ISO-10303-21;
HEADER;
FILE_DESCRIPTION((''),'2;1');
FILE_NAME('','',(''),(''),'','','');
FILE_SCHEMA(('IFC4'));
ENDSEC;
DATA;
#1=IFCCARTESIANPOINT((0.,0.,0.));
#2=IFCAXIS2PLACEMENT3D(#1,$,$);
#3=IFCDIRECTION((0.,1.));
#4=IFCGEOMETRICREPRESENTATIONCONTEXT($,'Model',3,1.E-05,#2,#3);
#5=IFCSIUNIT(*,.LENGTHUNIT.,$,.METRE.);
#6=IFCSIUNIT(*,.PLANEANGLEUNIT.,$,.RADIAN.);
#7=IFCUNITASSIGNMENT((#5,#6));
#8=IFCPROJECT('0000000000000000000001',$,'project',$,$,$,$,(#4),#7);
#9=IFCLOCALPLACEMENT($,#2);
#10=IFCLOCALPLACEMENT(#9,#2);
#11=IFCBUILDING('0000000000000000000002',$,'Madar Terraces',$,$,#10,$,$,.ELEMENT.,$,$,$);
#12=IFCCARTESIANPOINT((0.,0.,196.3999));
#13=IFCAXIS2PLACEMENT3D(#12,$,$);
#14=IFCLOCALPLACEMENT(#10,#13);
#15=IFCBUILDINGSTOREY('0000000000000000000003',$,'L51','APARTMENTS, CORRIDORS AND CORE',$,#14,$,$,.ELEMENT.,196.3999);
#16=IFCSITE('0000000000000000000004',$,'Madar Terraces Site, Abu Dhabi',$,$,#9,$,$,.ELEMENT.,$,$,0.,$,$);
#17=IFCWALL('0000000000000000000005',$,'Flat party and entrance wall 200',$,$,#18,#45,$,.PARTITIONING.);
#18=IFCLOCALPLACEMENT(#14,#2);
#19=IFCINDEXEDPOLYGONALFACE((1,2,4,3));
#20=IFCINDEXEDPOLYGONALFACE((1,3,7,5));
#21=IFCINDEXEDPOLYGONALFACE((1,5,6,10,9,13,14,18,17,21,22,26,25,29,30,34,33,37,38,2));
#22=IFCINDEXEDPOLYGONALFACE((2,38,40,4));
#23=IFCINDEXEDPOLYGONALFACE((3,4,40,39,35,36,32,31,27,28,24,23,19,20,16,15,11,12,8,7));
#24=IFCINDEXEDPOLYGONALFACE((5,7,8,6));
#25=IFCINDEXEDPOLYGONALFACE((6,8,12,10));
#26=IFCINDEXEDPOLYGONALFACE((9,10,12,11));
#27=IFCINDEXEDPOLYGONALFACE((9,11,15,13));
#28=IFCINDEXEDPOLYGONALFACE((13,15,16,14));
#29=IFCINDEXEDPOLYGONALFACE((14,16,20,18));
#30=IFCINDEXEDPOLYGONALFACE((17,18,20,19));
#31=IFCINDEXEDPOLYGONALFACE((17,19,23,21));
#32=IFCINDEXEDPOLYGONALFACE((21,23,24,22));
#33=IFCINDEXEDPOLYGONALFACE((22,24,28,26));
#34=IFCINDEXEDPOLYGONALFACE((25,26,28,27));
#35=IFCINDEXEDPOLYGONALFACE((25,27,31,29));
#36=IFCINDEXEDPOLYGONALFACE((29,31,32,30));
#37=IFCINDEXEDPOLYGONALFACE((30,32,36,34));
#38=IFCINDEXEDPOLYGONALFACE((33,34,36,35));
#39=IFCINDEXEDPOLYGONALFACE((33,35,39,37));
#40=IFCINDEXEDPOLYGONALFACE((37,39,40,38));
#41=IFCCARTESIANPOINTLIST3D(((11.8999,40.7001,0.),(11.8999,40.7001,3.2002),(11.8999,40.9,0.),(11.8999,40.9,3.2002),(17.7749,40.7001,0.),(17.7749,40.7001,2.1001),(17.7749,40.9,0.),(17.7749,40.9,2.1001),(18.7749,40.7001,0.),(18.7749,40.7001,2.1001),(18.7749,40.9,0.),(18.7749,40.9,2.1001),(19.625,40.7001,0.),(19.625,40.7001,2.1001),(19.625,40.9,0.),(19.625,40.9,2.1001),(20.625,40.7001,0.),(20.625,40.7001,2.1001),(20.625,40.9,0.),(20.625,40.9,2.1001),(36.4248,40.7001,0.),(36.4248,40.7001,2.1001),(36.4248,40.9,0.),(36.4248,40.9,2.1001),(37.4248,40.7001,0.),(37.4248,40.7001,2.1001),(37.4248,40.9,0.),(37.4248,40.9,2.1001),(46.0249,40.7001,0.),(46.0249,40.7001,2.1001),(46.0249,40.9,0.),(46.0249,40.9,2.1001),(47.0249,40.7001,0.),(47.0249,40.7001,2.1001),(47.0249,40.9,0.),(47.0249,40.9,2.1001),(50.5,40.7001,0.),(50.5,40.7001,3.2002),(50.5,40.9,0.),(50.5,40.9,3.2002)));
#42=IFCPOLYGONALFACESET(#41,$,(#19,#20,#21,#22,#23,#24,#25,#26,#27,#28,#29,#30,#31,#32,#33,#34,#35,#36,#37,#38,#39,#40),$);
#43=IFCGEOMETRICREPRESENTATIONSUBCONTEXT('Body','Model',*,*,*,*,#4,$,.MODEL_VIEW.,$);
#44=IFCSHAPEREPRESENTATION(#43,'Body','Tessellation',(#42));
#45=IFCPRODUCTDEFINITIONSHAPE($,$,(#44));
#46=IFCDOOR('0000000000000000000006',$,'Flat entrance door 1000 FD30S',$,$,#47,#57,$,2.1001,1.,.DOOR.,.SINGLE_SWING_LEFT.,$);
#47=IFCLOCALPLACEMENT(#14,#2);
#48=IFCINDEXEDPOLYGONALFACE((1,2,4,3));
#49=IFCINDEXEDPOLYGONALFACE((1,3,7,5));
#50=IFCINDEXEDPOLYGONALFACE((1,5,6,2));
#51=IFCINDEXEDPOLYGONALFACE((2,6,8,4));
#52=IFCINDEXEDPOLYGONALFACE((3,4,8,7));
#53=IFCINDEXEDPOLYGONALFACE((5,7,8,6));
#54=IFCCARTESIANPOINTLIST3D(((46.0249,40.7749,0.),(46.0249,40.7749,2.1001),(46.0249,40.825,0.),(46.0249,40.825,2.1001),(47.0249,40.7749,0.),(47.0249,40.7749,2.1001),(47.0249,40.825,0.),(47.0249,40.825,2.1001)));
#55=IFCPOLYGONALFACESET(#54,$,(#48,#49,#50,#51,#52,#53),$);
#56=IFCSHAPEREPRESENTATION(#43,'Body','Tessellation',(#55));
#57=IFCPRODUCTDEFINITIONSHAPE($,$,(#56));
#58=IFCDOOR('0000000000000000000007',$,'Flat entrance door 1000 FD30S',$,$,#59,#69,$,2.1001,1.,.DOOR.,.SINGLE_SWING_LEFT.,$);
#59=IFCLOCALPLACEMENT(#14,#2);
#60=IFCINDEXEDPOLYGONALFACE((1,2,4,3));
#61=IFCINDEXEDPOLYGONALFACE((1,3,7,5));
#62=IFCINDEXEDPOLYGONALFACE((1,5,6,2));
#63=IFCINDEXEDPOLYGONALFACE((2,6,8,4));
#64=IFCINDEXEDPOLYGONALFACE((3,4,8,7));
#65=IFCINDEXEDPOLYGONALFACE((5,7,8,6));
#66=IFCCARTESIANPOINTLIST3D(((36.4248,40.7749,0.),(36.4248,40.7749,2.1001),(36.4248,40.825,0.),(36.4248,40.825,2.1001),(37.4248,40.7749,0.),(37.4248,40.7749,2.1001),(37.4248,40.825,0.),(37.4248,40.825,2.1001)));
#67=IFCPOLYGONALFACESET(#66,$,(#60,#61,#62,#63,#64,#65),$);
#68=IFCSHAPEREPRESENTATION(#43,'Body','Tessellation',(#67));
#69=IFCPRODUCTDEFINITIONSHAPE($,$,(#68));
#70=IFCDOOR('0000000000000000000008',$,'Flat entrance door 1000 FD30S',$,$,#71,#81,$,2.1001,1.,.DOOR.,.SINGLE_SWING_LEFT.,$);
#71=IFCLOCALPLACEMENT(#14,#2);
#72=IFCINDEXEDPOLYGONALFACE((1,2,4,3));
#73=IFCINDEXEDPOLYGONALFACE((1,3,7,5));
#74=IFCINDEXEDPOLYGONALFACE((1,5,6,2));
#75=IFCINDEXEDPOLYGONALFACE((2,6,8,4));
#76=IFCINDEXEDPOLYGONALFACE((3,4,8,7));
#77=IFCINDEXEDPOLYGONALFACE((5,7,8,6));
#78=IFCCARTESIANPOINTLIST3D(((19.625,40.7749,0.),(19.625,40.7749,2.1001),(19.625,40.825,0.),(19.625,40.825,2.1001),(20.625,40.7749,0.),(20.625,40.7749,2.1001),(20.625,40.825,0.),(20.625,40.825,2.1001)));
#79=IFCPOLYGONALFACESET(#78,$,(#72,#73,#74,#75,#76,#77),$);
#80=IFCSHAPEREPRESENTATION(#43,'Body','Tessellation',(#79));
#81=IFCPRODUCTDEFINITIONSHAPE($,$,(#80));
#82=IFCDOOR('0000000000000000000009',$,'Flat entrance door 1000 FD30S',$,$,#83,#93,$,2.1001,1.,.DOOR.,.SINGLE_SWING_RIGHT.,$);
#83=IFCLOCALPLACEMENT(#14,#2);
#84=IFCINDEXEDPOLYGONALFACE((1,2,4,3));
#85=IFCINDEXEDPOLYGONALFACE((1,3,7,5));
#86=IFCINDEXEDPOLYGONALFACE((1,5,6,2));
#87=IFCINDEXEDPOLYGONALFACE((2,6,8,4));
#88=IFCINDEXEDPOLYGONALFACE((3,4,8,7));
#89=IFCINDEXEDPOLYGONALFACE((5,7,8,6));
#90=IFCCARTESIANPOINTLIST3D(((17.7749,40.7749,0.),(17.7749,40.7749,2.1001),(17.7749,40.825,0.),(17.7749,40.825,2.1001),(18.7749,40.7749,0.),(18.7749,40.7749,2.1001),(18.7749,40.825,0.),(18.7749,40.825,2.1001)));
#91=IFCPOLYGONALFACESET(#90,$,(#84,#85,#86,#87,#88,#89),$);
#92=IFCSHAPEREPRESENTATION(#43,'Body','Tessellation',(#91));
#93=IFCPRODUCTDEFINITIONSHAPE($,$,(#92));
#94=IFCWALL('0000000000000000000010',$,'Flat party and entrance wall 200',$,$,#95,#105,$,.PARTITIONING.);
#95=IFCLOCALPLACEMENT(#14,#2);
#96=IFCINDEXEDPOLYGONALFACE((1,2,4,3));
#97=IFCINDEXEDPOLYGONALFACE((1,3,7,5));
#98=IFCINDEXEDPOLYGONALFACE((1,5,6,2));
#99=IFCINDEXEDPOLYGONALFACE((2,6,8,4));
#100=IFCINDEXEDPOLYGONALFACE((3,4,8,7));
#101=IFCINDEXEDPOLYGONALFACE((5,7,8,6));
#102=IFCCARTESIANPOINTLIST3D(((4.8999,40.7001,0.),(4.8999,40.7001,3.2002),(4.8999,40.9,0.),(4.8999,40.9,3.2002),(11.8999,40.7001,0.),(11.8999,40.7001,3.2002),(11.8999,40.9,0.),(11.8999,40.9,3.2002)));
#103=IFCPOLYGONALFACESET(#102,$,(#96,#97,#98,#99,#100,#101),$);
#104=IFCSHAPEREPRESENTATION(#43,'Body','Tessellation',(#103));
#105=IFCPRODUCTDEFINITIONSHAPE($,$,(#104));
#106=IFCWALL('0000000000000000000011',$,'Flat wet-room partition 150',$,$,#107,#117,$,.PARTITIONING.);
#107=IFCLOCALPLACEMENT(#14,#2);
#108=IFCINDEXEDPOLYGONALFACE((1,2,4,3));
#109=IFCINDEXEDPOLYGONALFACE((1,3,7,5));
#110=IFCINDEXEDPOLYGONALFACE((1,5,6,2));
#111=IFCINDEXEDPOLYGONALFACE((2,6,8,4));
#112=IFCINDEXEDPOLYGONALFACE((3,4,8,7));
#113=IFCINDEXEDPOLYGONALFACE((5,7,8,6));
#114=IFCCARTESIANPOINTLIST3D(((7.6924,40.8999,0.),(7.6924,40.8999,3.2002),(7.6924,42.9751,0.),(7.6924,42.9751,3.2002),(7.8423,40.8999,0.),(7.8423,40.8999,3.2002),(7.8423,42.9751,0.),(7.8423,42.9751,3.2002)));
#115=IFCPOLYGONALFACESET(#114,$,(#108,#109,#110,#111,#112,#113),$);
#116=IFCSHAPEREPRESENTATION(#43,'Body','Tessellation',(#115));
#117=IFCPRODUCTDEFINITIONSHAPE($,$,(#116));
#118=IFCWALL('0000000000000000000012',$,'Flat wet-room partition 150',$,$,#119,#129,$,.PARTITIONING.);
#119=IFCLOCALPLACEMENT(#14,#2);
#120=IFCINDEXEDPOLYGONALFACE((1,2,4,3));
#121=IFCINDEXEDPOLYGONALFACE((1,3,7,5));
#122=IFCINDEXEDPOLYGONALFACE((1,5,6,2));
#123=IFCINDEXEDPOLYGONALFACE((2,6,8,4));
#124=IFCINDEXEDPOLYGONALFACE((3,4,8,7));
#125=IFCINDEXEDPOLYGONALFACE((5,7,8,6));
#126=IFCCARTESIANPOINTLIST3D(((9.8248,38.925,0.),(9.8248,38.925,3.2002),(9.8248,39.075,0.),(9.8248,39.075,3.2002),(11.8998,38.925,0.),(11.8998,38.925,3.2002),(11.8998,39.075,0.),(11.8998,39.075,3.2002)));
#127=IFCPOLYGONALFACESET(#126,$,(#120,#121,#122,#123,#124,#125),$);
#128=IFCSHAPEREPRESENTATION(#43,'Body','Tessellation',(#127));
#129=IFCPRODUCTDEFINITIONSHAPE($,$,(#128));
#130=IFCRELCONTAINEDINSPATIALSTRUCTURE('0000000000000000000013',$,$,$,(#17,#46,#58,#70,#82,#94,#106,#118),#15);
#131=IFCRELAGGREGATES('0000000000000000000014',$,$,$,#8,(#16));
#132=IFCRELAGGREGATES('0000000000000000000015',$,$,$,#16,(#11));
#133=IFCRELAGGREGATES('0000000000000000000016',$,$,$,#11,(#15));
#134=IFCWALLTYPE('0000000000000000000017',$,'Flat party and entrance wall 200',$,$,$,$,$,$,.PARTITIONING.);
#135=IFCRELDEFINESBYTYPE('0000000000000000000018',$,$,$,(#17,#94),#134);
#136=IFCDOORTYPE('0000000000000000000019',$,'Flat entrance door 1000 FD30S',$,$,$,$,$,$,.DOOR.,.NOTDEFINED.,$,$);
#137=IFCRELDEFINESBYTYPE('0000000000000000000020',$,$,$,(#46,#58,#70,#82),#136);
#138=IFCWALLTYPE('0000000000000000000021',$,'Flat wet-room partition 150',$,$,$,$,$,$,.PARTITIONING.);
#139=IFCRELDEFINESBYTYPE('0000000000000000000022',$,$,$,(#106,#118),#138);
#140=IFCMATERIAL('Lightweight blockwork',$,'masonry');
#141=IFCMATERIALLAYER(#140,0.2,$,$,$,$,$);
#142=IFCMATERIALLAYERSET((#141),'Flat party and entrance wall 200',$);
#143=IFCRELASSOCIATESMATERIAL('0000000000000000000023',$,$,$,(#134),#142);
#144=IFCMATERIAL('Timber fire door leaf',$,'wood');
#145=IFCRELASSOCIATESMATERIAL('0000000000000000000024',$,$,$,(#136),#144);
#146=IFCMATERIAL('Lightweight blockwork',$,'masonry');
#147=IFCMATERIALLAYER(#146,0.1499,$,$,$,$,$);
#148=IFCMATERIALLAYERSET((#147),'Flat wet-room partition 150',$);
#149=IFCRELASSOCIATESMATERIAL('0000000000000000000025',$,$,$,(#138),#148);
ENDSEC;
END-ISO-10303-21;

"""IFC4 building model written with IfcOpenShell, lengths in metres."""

from ifc_helpers import new_model, si_unit, direction, frame, frame_2d, origin, place, context, subcontext, project, spatial, rectangle, extrude, material, layer, layer_set, type_object, element, fill, save


model = new_model("IFC4")

# Units and contexts
model_context = context("Model", 3, precision=1e-05, world=origin(), true_north=direction((0.0, 1.0)))
body_context = subcontext(model_context, "Body", "Model", "MODEL_VIEW")
ifc_project = project(units=[si_unit("LENGTHUNIT", "METRE"), si_unit("PLANEANGLEUNIT", "RADIAN")], contexts=[model_context])

# Site, building, storey
site_placement = place(None, origin())
site = spatial("IfcSite", under=ifc_project, at=site_placement, Name="Madar Terraces Site, Abu Dhabi", CompositionType="ELEMENT", RefElevation=0.0)
building_placement = place(site_placement, origin())
building = spatial("IfcBuilding", under=site, at=building_placement, Name="Madar Terraces", CompositionType="ELEMENT")
storey_placement = place(building_placement, frame((0.0, 0.0, 196.3999)))
storey = spatial("IfcBuildingStorey", under=building, at=storey_placement, Name="L51", Description="APARTMENTS, CORRIDORS AND CORE", CompositionType="ELEMENT", Elevation=196.3999)

# Wall, openings, doors
ifc_material_1 = material(Name="Lightweight blockwork", Category="masonry")
ifc_layer_1 = layer(ifc_material_1, 0.2)
ifc_layer_set_1 = layer_set([ifc_layer_1], Name="Flat party and entrance wall 200")
wall_type_1 = type_object("IfcWallType", Name="Flat party and entrance wall 200", PredefinedType="PARTITIONING", material=ifc_layer_set_1)
wall_1_placement = place(storey_placement, frame((11.8999, 40.8, 0.0), z_axis=(0.0, 0.0, 1.0), x_axis=(1.0, 0.0, 0.0)))
wall_1 = element("IfcWall", 1, at=wall_1_placement, inside=storey, type_object=wall_type_1, Name="Flat party and entrance wall 200", PredefinedType="PARTITIONING", context=body_context, shape_type="SweptSolid", body=[
    extrude(rectangle(XDim=38.6001, YDim=0.2, at=frame_2d((19.3, 0.0))), origin(), (0.0, 0.0, 1.0), 3.2002),
])
opening_1_placement = place(wall_1_placement, frame((34.125, 0.0, 0.0)))
opening_1 = element("IfcOpeningElement", 2, at=opening_1_placement, cuts=wall_1, PredefinedType="OPENING", context=body_context, shape_type="SweptSolid", body=[
    extrude(rectangle(XDim=1.0, YDim=2.1001, at=frame_2d((0.5, 1.05))), frame((0.0, 0.1099, 0.0), z_axis=(0.0, -1.0, 0.0), x_axis=(1.0, 0.0, 0.0)), (0.0, 0.0, 1.0), 0.22),
])
opening_2_placement = place(wall_1_placement, frame((24.5249, 0.0, 0.0)))
opening_2 = element("IfcOpeningElement", 3, at=opening_2_placement, cuts=wall_1, PredefinedType="OPENING", context=body_context, shape_type="SweptSolid", body=[
    extrude(rectangle(XDim=1.0, YDim=2.1001, at=frame_2d((0.5, 1.05))), frame((0.0, 0.1099, 0.0), z_axis=(0.0, -1.0, 0.0), x_axis=(1.0, 0.0, 0.0)), (0.0, 0.0, 1.0), 0.22),
])
opening_3_placement = place(wall_1_placement, frame((7.7251, 0.0, 0.0)))
opening_3 = element("IfcOpeningElement", 4, at=opening_3_placement, cuts=wall_1, PredefinedType="OPENING", context=body_context, shape_type="SweptSolid", body=[
    extrude(rectangle(XDim=1.0, YDim=2.1001, at=frame_2d((0.5, 1.05))), frame((0.0, 0.1099, 0.0), z_axis=(0.0, -1.0, 0.0), x_axis=(1.0, 0.0, 0.0)), (0.0, 0.0, 1.0), 0.22),
])
opening_4_placement = place(wall_1_placement, frame((5.875, 0.0, 0.0)))
opening_4 = element("IfcOpeningElement", 5, at=opening_4_placement, cuts=wall_1, PredefinedType="OPENING", context=body_context, shape_type="SweptSolid", body=[
    extrude(rectangle(XDim=1.0, YDim=2.1001, at=frame_2d((0.5, 1.05))), frame((0.0, 0.1099, 0.0), z_axis=(0.0, -1.0, 0.0), x_axis=(1.0, 0.0, 0.0)), (0.0, 0.0, 1.0), 0.22),
])
ifc_material_2 = material(Name="Timber fire door leaf", Category="wood")
door_type_1 = type_object("IfcDoorType", Name="Flat entrance door 1000 FD30S", OperationType="NOTDEFINED", PredefinedType="DOOR", material=ifc_material_2)
door_1_placement = place(opening_1_placement, origin())
door_1 = element("IfcDoor", 6, at=door_1_placement, inside=storey, type_object=door_type_1, Name="Flat entrance door 1000 FD30S", OperationType="SINGLE_SWING_LEFT", OverallHeight=2.1001, OverallWidth=1.0, PredefinedType="DOOR", context=body_context, shape_type="SweptSolid", body=[
    extrude(rectangle(XDim=1.0, YDim=2.1001, at=frame_2d((0.5, 1.05))), frame((0.0, 0.0249, 0.0), z_axis=(0.0, -1.0, 0.0), x_axis=(1.0, 0.0, 0.0)), (0.0, 0.0, 1.0), 0.05),
])
fill(opening_1, door_1)
door_2_placement = place(opening_2_placement, origin())
door_2 = element("IfcDoor", 7, at=door_2_placement, inside=storey, type_object=door_type_1, Name="Flat entrance door 1000 FD30S", OperationType="SINGLE_SWING_LEFT", OverallHeight=2.1001, OverallWidth=1.0, PredefinedType="DOOR", context=body_context, shape_type="SweptSolid", body=[
    extrude(rectangle(XDim=1.0, YDim=2.1001, at=frame_2d((0.5, 1.05))), frame((0.0, 0.0249, 0.0), z_axis=(0.0, -1.0, 0.0), x_axis=(1.0, 0.0, 0.0)), (0.0, 0.0, 1.0), 0.05),
])
fill(opening_2, door_2)
door_3_placement = place(opening_3_placement, origin())
door_3 = element("IfcDoor", 8, at=door_3_placement, inside=storey, type_object=door_type_1, Name="Flat entrance door 1000 FD30S", OperationType="SINGLE_SWING_LEFT", OverallHeight=2.1001, OverallWidth=1.0, PredefinedType="DOOR", context=body_context, shape_type="SweptSolid", body=[
    extrude(rectangle(XDim=1.0, YDim=2.1001, at=frame_2d((0.5, 1.05))), frame((0.0, 0.0249, 0.0), z_axis=(0.0, -1.0, 0.0), x_axis=(1.0, 0.0, 0.0)), (0.0, 0.0, 1.0), 0.05),
])
fill(opening_3, door_3)
door_4_placement = place(opening_4_placement, origin())
door_4 = element("IfcDoor", 9, at=door_4_placement, inside=storey, type_object=door_type_1, Name="Flat entrance door 1000 FD30S", OperationType="SINGLE_SWING_RIGHT", OverallHeight=2.1001, OverallWidth=1.0, PredefinedType="DOOR", context=body_context, shape_type="SweptSolid", body=[
    extrude(rectangle(XDim=1.0, YDim=2.1001, at=frame_2d((0.5, 1.05))), frame((0.0, 0.0249, 0.0), z_axis=(0.0, -1.0, 0.0), x_axis=(1.0, 0.0, 0.0)), (0.0, 0.0, 1.0), 0.05),
])
fill(opening_4, door_4)

# Walls
wall_2_placement = place(storey_placement, frame((4.8999, 40.8, 0.0), z_axis=(0.0, 0.0, 1.0), x_axis=(1.0, 0.0, 0.0)))
element("IfcWall", 10, at=wall_2_placement, inside=storey, type_object=wall_type_1, Name="Flat party and entrance wall 200", PredefinedType="PARTITIONING", context=body_context, shape_type="SweptSolid", body=[
    extrude(rectangle(XDim=7.0, YDim=0.2, at=frame_2d((3.5, 0.0))), origin(), (0.0, 0.0, 1.0), 3.2002),
])
ifc_material_3 = material(Name="Lightweight blockwork", Category="masonry")
ifc_layer_2 = layer(ifc_material_3, 0.1499)
ifc_layer_set_2 = layer_set([ifc_layer_2], Name="Flat wet-room partition 150")
wall_type_2 = type_object("IfcWallType", Name="Flat wet-room partition 150", PredefinedType="PARTITIONING", material=ifc_layer_set_2)
wall_3_placement = place(storey_placement, frame((7.7673, 40.8999, 0.0), z_axis=(0.0, 0.0, 1.0), x_axis=(0.0, 1.0, 0.0)))
element("IfcWall", 11, at=wall_3_placement, inside=storey, type_object=wall_type_2, Name="Flat wet-room partition 150", PredefinedType="PARTITIONING", context=body_context, shape_type="SweptSolid", body=[
    extrude(rectangle(XDim=2.0752, YDim=0.1499, at=frame_2d((1.0376, 0.0))), origin(), (0.0, 0.0, 1.0), 3.2002),
])
wall_4_placement = place(storey_placement, frame((11.8999, 39.0, 0.0), z_axis=(0.0, 0.0, 1.0), x_axis=(-1.0, 0.0, 0.0)))
element("IfcWall", 12, at=wall_4_placement, inside=storey, type_object=wall_type_2, Name="Flat wet-room partition 150", PredefinedType="PARTITIONING", context=body_context, shape_type="SweptSolid", body=[
    extrude(rectangle(XDim=2.075, YDim=0.1499, at=frame_2d((1.0376, 0.0))), origin(), (0.0, 0.0, 1.0), 3.2002),
])

save(model, "model.ifc")
